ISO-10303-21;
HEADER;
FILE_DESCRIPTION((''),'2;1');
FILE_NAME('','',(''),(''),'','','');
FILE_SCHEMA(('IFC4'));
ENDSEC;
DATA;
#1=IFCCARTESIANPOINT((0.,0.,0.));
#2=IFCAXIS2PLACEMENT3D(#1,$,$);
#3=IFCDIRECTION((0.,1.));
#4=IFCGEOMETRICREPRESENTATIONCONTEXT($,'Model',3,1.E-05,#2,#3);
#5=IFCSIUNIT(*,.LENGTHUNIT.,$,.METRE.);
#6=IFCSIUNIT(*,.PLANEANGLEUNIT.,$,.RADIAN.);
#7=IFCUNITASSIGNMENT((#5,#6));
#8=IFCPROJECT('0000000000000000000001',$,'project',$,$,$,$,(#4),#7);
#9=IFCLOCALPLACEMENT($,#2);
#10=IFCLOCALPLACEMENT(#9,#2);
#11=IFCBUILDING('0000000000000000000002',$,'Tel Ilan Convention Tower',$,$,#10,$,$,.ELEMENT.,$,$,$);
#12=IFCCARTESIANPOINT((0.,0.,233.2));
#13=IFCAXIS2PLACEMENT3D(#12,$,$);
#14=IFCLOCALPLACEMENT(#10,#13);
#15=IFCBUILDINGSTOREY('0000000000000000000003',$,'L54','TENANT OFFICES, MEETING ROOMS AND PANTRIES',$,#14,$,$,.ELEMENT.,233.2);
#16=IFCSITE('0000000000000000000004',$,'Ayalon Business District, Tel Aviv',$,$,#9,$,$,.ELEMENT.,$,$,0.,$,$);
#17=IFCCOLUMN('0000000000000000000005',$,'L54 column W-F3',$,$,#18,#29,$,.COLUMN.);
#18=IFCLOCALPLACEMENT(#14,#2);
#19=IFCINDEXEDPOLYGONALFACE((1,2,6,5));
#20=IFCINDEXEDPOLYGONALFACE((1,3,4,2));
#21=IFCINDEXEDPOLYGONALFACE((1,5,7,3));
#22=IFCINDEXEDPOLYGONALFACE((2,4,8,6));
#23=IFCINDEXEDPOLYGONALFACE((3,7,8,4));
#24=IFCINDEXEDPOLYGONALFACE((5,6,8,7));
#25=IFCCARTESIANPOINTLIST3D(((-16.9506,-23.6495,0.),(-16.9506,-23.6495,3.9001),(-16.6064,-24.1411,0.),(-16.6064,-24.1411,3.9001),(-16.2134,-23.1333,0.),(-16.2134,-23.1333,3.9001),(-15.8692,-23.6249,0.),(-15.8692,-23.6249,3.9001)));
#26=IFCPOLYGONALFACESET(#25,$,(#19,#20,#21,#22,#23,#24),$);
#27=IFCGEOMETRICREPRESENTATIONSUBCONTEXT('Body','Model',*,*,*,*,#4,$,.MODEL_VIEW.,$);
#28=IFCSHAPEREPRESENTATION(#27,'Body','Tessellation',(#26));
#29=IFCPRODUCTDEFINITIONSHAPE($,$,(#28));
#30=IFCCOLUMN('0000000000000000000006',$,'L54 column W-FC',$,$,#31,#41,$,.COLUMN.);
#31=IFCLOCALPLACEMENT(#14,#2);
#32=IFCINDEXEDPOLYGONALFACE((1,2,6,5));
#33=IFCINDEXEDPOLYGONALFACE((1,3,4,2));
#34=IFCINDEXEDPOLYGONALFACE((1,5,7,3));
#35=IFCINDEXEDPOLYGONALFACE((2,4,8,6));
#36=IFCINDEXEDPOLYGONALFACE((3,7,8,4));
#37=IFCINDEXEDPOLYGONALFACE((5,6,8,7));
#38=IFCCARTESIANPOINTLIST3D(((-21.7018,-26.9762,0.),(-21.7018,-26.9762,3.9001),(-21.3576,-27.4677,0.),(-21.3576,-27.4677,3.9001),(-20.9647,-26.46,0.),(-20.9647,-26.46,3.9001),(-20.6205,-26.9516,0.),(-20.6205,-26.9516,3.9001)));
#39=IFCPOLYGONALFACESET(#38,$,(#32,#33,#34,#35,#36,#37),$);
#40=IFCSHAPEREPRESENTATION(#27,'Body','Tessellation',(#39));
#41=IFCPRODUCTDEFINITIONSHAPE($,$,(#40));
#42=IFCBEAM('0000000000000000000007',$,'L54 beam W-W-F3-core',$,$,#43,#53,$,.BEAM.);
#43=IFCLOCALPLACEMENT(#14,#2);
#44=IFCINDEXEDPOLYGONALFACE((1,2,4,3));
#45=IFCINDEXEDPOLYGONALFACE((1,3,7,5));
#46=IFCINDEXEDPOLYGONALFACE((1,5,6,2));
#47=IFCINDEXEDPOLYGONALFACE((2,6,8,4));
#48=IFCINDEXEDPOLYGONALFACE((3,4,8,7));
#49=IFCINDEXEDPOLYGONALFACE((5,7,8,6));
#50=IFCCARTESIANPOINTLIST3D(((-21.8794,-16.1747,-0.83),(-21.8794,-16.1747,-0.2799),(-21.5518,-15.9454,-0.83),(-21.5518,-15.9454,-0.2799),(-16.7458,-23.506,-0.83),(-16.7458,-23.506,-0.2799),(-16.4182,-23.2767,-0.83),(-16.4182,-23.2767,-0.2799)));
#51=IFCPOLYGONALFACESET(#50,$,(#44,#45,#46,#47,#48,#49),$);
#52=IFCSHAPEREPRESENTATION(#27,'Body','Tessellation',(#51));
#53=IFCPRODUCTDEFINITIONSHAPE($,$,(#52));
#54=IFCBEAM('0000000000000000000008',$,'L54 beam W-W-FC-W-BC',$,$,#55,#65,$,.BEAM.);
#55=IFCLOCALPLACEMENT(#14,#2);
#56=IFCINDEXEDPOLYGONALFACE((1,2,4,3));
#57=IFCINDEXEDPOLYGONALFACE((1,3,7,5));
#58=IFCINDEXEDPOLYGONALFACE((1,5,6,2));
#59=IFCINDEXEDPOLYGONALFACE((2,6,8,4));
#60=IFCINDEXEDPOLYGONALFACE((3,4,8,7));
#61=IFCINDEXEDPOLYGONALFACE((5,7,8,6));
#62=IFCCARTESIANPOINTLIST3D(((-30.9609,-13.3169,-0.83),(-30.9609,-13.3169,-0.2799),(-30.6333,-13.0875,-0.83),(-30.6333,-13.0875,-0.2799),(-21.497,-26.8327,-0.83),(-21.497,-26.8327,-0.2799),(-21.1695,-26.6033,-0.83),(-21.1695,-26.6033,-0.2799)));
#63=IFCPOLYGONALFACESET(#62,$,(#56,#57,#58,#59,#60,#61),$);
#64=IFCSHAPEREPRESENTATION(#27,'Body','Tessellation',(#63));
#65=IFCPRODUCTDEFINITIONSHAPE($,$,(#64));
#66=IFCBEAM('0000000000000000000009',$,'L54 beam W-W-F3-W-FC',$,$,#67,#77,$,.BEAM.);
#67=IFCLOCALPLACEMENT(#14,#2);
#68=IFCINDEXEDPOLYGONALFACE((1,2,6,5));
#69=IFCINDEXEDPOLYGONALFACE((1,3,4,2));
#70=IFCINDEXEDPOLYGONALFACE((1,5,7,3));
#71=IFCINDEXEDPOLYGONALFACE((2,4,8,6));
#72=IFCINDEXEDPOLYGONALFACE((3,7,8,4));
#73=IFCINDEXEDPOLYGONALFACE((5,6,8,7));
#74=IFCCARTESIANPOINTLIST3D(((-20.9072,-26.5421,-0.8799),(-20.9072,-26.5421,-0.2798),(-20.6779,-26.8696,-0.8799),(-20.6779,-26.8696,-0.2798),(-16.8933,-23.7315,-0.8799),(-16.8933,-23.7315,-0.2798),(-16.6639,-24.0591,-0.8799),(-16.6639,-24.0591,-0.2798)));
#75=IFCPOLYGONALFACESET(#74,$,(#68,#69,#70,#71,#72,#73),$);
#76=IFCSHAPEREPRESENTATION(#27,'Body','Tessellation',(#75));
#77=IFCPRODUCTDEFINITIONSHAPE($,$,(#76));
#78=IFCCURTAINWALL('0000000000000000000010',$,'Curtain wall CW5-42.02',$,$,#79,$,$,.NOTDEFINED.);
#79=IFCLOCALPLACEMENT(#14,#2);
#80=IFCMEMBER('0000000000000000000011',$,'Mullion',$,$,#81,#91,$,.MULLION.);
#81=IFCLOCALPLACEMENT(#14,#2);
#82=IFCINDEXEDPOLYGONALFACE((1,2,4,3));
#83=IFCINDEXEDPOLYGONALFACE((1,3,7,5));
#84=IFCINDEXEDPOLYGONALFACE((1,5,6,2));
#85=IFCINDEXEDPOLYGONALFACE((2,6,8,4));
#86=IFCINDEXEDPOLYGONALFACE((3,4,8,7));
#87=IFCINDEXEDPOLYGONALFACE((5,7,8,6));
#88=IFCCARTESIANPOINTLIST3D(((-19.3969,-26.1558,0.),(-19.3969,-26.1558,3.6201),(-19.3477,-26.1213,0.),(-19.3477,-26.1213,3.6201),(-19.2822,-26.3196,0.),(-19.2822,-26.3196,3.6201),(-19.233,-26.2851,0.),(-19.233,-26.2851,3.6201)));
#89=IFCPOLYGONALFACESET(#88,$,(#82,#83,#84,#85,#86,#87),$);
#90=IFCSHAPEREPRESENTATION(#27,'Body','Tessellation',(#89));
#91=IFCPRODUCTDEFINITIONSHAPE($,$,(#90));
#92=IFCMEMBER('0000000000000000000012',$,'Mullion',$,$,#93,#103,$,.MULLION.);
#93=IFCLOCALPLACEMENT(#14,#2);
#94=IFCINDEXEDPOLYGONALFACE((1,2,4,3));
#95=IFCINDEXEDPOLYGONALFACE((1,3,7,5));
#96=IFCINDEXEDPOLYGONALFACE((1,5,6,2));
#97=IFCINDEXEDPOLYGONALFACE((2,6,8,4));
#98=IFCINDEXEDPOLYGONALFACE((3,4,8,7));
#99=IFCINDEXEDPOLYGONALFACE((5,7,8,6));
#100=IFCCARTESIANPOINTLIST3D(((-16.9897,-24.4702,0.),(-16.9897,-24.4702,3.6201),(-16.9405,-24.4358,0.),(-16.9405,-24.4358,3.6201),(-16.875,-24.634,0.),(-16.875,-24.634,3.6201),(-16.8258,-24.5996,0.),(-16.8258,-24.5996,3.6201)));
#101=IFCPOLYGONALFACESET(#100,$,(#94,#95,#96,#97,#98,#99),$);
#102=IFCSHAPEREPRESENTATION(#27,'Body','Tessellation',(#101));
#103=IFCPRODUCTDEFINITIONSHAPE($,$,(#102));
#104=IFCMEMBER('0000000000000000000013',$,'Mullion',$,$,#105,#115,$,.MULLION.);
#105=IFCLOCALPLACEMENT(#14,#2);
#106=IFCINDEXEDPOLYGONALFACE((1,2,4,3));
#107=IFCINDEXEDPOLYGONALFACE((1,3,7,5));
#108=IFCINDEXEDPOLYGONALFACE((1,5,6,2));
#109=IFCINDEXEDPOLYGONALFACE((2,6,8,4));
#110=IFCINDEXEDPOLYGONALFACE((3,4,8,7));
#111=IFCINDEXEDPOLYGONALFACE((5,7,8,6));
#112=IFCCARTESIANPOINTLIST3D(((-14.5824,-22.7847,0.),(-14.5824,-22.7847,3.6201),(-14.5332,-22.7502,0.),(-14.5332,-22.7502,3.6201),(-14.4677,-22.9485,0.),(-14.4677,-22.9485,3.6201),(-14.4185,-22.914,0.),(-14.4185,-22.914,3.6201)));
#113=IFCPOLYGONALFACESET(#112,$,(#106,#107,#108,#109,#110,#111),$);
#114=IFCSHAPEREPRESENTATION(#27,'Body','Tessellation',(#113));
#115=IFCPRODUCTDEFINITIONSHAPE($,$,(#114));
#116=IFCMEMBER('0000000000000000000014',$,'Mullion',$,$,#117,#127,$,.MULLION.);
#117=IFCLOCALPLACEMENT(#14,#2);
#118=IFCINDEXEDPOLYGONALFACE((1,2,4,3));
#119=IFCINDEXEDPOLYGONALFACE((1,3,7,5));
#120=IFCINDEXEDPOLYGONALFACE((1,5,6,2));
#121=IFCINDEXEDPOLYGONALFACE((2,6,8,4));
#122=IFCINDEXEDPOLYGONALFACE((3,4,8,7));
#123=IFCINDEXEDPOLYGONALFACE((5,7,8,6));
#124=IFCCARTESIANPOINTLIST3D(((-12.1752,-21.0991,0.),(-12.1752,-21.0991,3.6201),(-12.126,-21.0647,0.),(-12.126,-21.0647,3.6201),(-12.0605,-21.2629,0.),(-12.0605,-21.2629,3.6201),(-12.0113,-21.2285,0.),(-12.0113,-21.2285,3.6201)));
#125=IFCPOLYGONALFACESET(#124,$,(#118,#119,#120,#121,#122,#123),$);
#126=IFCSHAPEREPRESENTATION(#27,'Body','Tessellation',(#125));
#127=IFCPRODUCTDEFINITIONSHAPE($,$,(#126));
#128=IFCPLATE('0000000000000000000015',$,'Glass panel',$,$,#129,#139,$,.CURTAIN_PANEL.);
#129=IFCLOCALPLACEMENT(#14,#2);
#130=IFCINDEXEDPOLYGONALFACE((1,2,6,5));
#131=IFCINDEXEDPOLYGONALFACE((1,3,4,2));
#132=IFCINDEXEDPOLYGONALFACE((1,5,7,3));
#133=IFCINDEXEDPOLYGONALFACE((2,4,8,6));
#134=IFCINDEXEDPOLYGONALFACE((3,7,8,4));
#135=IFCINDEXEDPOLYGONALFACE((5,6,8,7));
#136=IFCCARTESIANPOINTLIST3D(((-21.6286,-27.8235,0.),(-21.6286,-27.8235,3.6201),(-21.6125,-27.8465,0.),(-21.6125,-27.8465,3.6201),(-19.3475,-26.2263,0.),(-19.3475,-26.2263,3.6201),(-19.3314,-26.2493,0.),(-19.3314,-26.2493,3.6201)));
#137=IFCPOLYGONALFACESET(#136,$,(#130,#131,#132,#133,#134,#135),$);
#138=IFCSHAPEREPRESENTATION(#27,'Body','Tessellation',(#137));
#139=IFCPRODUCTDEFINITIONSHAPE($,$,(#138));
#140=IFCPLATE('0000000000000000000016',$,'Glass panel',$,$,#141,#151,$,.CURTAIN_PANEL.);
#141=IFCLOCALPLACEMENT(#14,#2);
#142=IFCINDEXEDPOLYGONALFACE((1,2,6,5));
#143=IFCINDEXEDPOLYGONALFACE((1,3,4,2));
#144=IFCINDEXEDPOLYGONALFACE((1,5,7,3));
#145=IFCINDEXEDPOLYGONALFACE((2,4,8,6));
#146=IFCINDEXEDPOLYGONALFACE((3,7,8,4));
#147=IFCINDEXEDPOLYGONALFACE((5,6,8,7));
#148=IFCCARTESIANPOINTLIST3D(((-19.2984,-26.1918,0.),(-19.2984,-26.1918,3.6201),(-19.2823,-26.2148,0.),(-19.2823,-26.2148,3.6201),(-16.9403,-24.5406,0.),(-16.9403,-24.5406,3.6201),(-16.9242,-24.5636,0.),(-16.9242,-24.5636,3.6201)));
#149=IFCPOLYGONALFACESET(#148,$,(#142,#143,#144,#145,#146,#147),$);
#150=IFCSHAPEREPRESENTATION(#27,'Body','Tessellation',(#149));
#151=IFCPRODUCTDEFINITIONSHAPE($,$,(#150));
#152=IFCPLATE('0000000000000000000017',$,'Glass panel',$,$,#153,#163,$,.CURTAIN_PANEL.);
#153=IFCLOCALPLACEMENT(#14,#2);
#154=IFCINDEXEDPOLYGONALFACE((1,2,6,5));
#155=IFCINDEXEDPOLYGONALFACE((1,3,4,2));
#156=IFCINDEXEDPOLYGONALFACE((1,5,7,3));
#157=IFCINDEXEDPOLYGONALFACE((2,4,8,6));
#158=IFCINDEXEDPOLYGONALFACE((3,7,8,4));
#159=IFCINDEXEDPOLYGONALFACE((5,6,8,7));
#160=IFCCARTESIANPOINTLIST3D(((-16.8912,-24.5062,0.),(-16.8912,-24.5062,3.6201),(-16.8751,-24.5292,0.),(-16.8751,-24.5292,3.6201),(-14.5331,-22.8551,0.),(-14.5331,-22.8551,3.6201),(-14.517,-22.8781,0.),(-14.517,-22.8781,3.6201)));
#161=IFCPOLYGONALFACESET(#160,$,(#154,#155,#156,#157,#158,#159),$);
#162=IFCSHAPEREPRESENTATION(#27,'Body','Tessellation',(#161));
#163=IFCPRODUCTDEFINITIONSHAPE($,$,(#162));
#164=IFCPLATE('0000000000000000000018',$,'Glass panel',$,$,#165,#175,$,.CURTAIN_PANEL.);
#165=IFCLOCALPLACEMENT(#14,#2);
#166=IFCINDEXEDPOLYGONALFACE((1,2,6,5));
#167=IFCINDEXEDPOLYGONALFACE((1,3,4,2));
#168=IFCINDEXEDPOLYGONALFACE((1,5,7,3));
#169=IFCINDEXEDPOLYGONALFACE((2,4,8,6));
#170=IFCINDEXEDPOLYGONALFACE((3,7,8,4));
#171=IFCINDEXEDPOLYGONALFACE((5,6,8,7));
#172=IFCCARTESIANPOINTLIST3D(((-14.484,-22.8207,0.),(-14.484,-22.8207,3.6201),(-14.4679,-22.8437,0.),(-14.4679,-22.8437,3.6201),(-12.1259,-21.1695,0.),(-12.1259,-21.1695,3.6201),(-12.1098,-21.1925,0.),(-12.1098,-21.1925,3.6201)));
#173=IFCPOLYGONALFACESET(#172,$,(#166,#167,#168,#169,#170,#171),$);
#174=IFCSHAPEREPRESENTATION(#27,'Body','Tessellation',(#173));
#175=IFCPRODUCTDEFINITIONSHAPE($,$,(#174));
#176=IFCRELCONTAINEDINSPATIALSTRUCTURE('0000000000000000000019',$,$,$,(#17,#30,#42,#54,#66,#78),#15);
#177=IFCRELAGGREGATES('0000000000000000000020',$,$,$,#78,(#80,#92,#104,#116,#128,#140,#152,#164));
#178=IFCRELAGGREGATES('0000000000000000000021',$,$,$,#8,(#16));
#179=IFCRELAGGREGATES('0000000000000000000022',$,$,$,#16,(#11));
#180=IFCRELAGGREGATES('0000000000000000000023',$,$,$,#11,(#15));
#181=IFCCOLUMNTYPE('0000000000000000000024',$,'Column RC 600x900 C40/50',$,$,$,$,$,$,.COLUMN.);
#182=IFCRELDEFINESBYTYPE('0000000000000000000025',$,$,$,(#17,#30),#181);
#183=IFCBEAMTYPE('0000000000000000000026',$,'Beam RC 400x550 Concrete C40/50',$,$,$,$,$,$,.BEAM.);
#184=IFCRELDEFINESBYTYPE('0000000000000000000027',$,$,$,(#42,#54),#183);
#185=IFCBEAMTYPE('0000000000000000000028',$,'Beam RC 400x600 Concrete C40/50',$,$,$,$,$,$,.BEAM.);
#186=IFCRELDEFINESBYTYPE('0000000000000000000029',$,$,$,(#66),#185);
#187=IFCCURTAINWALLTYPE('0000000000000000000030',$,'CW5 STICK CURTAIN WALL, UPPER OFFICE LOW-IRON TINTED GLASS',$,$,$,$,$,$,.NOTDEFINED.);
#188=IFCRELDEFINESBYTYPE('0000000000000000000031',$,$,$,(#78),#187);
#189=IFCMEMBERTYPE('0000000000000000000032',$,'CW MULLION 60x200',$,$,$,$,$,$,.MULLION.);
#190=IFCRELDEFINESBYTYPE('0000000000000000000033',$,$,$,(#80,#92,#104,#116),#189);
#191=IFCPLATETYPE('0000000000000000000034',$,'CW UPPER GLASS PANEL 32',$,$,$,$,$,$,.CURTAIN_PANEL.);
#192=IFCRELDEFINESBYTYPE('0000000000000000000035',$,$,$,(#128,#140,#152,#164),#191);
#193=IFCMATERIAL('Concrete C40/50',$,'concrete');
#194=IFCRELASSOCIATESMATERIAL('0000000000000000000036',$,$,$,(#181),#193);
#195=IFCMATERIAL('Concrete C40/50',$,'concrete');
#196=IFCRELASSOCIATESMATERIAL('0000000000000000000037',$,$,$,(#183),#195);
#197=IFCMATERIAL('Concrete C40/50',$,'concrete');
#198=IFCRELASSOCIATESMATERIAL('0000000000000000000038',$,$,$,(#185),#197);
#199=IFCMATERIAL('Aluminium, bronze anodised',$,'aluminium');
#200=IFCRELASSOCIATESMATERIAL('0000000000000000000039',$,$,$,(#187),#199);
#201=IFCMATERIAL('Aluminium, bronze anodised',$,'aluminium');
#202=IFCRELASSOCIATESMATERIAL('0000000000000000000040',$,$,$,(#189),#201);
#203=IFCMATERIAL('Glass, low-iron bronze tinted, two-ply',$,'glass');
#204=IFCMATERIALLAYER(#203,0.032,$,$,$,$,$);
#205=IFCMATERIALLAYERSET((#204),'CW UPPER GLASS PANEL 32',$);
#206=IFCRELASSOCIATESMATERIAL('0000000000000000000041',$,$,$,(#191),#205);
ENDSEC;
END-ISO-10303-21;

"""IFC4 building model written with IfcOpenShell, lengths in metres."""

from ifc_helpers import new_model, si_unit, direction, frame, origin, origin_2d, place, context, subcontext, project, spatial, rectangle, extrude, material, layer, layer_set, material_profile, profile_set, type_object, element, aggregate, save


model = new_model("IFC4")

# Units and contexts
model_context = context("Model", 3, precision=1e-05, world=origin(), true_north=direction((0.0, 1.0)))
body_context = subcontext(model_context, "Body", "Model", "MODEL_VIEW")
ifc_project = project(units=[si_unit("LENGTHUNIT", "METRE"), si_unit("PLANEANGLEUNIT", "RADIAN")], contexts=[model_context])

# Site, building, storey
site_placement = place(None, origin())
site = spatial("IfcSite", under=ifc_project, at=site_placement, Name="Ayalon Business District, Tel Aviv", CompositionType="ELEMENT", RefElevation=0.0)
building_placement = place(site_placement, origin())
building = spatial("IfcBuilding", under=site, at=building_placement, Name="Tel Ilan Convention Tower", CompositionType="ELEMENT")
storey_placement = place(building_placement, frame((0.0, 0.0, 233.2)))
storey = spatial("IfcBuildingStorey", under=building, at=storey_placement, Name="L54", Description="TENANT OFFICES, MEETING ROOMS AND PANTRIES", CompositionType="ELEMENT", Elevation=233.2)

# Columns
ifc_material_1 = material(Name="Concrete C40/50", Category="concrete")
ifc_material_profile_1 = material_profile(ifc_material_1, rectangle(XDim=0.8999, YDim=0.6001, at=origin_2d()), Name="RC 600x900")
ifc_profile_set_1 = profile_set([ifc_material_profile_1], Name="Concrete C40/50")
column_type = type_object("IfcColumnType", Name="Column RC 600x900 C40/50", PredefinedType="COLUMN", material=ifc_profile_set_1)
for number, where, z_axis, x_axis, name in (
    (1, (-16.4099, -23.6372, 0.0), (0.0, 0.0, 1.0), (-0.819152, -0.573576, 0.0), "L54 column W-F3"),
    (2, (-21.1611, -26.9639, 0.0), (0.0, 0.0, 1.0), (-0.819152, -0.573576, 0.0), "L54 column W-FC"),
):
    element("IfcColumn", number, at=place(storey_placement, frame(where, z_axis=z_axis, x_axis=x_axis)), inside=storey, type_object=column_type, Name=name, PredefinedType="COLUMN", context=body_context, shape_type="SweptSolid", body=[
        extrude(rectangle(XDim=0.8999, YDim=0.6001, at=origin_2d()), origin(), (0.0, 0.0, 1.0), 3.9001),
    ])

# Beams
ifc_material_2 = material(Name="Concrete C40/50", Category="concrete")
ifc_material_profile_2 = material_profile(ifc_material_2, rectangle(XDim=0.3999, YDim=0.55, at=origin_2d()), Name="RC 400x550")
ifc_profile_set_2 = profile_set([ifc_material_profile_2], Name="Concrete C40/50")
beam_type_1 = type_object("IfcBeamType", Name="Beam RC 400x550 Concrete C40/50", PredefinedType="BEAM", material=ifc_profile_set_2)
beam_1_placement = place(storey_placement, frame((-16.582, -23.3914, -0.5549), z_axis=(-0.573585, 0.819146, 0.0), x_axis=(-0.819146, -0.573585, 0.0)))
element("IfcBeam", 3, at=beam_1_placement, inside=storey, type_object=beam_type_1, Name="L54 beam W-W-F3-core", PredefinedType="BEAM", context=body_context, shape_type="SweptSolid", body=[
    extrude(rectangle(XDim=0.3999, YDim=0.55, at=origin_2d()), origin(), (0.0, 0.0, 1.0), 8.95),
])
beam_2_placement = place(storey_placement, frame((-21.3333, -26.718, -0.5549), z_axis=(-0.573575, 0.819153, 0.0), x_axis=(-0.819153, -0.573575, 0.0)))
element("IfcBeam", 4, at=beam_2_placement, inside=storey, type_object=beam_type_1, Name="L54 beam W-W-FC-W-BC", PredefinedType="BEAM", context=body_context, shape_type="SweptSolid", body=[
    extrude(rectangle(XDim=0.3999, YDim=0.55, at=origin_2d()), origin(), (0.0, 0.0, 1.0), 16.4998),
])
ifc_material_3 = material(Name="Concrete C40/50", Category="concrete")
ifc_material_profile_3 = material_profile(ifc_material_3, rectangle(XDim=0.3999, YDim=0.6001, at=origin_2d()), Name="RC 400x600")
ifc_profile_set_3 = profile_set([ifc_material_profile_3], Name="Concrete C40/50")
beam_type_2 = type_object("IfcBeamType", Name="Beam RC 400x600 Concrete C40/50", PredefinedType="BEAM", material=ifc_profile_set_3)
beam_3_placement = place(storey_placement, frame((-16.7786, -23.8953, -0.5798), z_axis=(-0.819155, -0.573573, 0.0), x_axis=(0.573573, -0.819155, 0.0)))
element("IfcBeam", 5, at=beam_3_placement, inside=storey, type_object=beam_type_2, Name="L54 beam W-W-F3-W-FC", PredefinedType="BEAM", context=body_context, shape_type="SweptSolid", body=[
    extrude(rectangle(XDim=0.3999, YDim=0.6001, at=origin_2d()), origin(), (0.0, 0.0, 1.0), 4.9001),
])

# Curtain wall, members, plates
ifc_material_4 = material(Name="Aluminium, bronze anodised", Category="aluminium")
curtain_wall_type = type_object("IfcCurtainWallType", Name="CW5 STICK CURTAIN WALL, UPPER OFFICE LOW-IRON TINTED GLASS", PredefinedType="NOTDEFINED", material=ifc_material_4)
curtain_wall_placement = place(storey_placement, origin())
curtain_wall = element("IfcCurtainWall", 6, at=curtain_wall_placement, inside=storey, type_object=curtain_wall_type, Name="Curtain wall CW5-42.02", PredefinedType="NOTDEFINED")
ifc_material_5 = material(Name="Aluminium, bronze anodised", Category="aluminium")
ifc_material_profile_4 = material_profile(ifc_material_5, rectangle(XDim=0.0601, YDim=0.2, at=origin_2d()), Name="CW MULLION 60x200")
ifc_profile_set_4 = profile_set([ifc_material_profile_4], Name="Aluminium, bronze anodised")
member_type = type_object("IfcMemberType", Name="CW MULLION 60x200", PredefinedType="MULLION", material=ifc_profile_set_4)
member_1_placement = place(storey_placement, frame((-19.3149, -26.2205, 0.0), z_axis=(0.0, 0.0, 1.0), x_axis=(0.819152, 0.573576, 0.0)))
member_1 = element("IfcMember", 7, at=member_1_placement, type_object=member_type, Name="Mullion", PredefinedType="MULLION", context=body_context, shape_type="SweptSolid", body=[
    extrude(rectangle(XDim=0.0601, YDim=0.2, at=origin_2d()), origin(), (0.0, 0.0, 1.0), 3.6201),
])
member_2_placement = place(storey_placement, frame((-16.9077, -24.5349, 0.0), z_axis=(0.0, 0.0, 1.0), x_axis=(0.819152, 0.573576, 0.0)))
member_2 = element("IfcMember", 8, at=member_2_placement, type_object=member_type, Name="Mullion", PredefinedType="MULLION", context=body_context, shape_type="SweptSolid", body=[
    extrude(rectangle(XDim=0.0601, YDim=0.2, at=origin_2d()), origin(), (0.0, 0.0, 1.0), 3.6201),
])
member_3_placement = place(storey_placement, frame((-14.5005, -22.8494, 0.0), z_axis=(0.0, 0.0, 1.0), x_axis=(0.819152, 0.573576, 0.0)))
member_3 = element("IfcMember", 9, at=member_3_placement, type_object=member_type, Name="Mullion", PredefinedType="MULLION", context=body_context, shape_type="SweptSolid", body=[
    extrude(rectangle(XDim=0.0601, YDim=0.2, at=origin_2d()), origin(), (0.0, 0.0, 1.0), 3.6201),
])
member_4_placement = place(storey_placement, frame((-12.0933, -21.1638, 0.0), z_axis=(0.0, 0.0, 1.0), x_axis=(0.819152, 0.573576, 0.0)))
member_4 = element("IfcMember", 10, at=member_4_placement, type_object=member_type, Name="Mullion", PredefinedType="MULLION", context=body_context, shape_type="SweptSolid", body=[
    extrude(rectangle(XDim=0.0601, YDim=0.2, at=origin_2d()), origin(), (0.0, 0.0, 1.0), 3.6201),
])
ifc_material_6 = material(Name="Glass, low-iron bronze tinted, two-ply", Category="glass")
ifc_layer_1 = layer(ifc_material_6, 0.032)
ifc_layer_set_1 = layer_set([ifc_layer_1], Name="CW UPPER GLASS PANEL 32")
plate_type = type_object("IfcPlateType", Name="CW UPPER GLASS PANEL 32", PredefinedType="CURTAIN_PANEL", material=ifc_layer_set_1)
plate_1_placement = place(storey_placement, frame((-20.48, -27.0364, 0.0), z_axis=(0.0, 0.0, 1.0), x_axis=(0.819152, 0.573576, 0.0)))
plate_1 = element("IfcPlate", 11, at=plate_1_placement, type_object=plate_type, Name="Glass panel", PredefinedType="CURTAIN_PANEL", context=body_context, shape_type="SweptSolid", body=[
    extrude(rectangle(XDim=2.7847, YDim=0.0281, at=origin_2d()), origin(), (0.0, 0.0, 1.0), 3.6201),
])
plate_2_placement = place(storey_placement, frame((-18.1113, -25.3777, 0.0), z_axis=(0.0, 0.0, 1.0), x_axis=(0.819152, 0.573576, 0.0)))
plate_2 = element("IfcPlate", 12, at=plate_2_placement, type_object=plate_type, Name="Glass panel", PredefinedType="CURTAIN_PANEL", context=body_context, shape_type="SweptSolid", body=[
    extrude(rectangle(XDim=2.8787, YDim=0.0281, at=origin_2d()), origin(), (0.0, 0.0, 1.0), 3.6201),
])
plate_3_placement = place(storey_placement, frame((-15.7041, -23.6921, 0.0), z_axis=(0.0, 0.0, 1.0), x_axis=(0.819152, 0.573576, 0.0)))
plate_3 = element("IfcPlate", 13, at=plate_3_placement, type_object=plate_type, Name="Glass panel", PredefinedType="CURTAIN_PANEL", context=body_context, shape_type="SweptSolid", body=[
    extrude(rectangle(XDim=2.8787, YDim=0.0281, at=origin_2d()), origin(), (0.0, 0.0, 1.0), 3.6201),
])
plate_4_placement = place(storey_placement, frame((-13.2969, -22.0066, 0.0), z_axis=(0.0, 0.0, 1.0), x_axis=(0.819152, 0.573576, 0.0)))
plate_4 = element("IfcPlate", 14, at=plate_4_placement, type_object=plate_type, Name="Glass panel", PredefinedType="CURTAIN_PANEL", context=body_context, shape_type="SweptSolid", body=[
    extrude(rectangle(XDim=2.8787, YDim=0.0281, at=origin_2d()), origin(), (0.0, 0.0, 1.0), 3.6201),
])
aggregate(curtain_wall, [member_1, member_2, member_3, member_4, plate_1, plate_2, plate_3, plate_4])

save(model, "model.ifc")
